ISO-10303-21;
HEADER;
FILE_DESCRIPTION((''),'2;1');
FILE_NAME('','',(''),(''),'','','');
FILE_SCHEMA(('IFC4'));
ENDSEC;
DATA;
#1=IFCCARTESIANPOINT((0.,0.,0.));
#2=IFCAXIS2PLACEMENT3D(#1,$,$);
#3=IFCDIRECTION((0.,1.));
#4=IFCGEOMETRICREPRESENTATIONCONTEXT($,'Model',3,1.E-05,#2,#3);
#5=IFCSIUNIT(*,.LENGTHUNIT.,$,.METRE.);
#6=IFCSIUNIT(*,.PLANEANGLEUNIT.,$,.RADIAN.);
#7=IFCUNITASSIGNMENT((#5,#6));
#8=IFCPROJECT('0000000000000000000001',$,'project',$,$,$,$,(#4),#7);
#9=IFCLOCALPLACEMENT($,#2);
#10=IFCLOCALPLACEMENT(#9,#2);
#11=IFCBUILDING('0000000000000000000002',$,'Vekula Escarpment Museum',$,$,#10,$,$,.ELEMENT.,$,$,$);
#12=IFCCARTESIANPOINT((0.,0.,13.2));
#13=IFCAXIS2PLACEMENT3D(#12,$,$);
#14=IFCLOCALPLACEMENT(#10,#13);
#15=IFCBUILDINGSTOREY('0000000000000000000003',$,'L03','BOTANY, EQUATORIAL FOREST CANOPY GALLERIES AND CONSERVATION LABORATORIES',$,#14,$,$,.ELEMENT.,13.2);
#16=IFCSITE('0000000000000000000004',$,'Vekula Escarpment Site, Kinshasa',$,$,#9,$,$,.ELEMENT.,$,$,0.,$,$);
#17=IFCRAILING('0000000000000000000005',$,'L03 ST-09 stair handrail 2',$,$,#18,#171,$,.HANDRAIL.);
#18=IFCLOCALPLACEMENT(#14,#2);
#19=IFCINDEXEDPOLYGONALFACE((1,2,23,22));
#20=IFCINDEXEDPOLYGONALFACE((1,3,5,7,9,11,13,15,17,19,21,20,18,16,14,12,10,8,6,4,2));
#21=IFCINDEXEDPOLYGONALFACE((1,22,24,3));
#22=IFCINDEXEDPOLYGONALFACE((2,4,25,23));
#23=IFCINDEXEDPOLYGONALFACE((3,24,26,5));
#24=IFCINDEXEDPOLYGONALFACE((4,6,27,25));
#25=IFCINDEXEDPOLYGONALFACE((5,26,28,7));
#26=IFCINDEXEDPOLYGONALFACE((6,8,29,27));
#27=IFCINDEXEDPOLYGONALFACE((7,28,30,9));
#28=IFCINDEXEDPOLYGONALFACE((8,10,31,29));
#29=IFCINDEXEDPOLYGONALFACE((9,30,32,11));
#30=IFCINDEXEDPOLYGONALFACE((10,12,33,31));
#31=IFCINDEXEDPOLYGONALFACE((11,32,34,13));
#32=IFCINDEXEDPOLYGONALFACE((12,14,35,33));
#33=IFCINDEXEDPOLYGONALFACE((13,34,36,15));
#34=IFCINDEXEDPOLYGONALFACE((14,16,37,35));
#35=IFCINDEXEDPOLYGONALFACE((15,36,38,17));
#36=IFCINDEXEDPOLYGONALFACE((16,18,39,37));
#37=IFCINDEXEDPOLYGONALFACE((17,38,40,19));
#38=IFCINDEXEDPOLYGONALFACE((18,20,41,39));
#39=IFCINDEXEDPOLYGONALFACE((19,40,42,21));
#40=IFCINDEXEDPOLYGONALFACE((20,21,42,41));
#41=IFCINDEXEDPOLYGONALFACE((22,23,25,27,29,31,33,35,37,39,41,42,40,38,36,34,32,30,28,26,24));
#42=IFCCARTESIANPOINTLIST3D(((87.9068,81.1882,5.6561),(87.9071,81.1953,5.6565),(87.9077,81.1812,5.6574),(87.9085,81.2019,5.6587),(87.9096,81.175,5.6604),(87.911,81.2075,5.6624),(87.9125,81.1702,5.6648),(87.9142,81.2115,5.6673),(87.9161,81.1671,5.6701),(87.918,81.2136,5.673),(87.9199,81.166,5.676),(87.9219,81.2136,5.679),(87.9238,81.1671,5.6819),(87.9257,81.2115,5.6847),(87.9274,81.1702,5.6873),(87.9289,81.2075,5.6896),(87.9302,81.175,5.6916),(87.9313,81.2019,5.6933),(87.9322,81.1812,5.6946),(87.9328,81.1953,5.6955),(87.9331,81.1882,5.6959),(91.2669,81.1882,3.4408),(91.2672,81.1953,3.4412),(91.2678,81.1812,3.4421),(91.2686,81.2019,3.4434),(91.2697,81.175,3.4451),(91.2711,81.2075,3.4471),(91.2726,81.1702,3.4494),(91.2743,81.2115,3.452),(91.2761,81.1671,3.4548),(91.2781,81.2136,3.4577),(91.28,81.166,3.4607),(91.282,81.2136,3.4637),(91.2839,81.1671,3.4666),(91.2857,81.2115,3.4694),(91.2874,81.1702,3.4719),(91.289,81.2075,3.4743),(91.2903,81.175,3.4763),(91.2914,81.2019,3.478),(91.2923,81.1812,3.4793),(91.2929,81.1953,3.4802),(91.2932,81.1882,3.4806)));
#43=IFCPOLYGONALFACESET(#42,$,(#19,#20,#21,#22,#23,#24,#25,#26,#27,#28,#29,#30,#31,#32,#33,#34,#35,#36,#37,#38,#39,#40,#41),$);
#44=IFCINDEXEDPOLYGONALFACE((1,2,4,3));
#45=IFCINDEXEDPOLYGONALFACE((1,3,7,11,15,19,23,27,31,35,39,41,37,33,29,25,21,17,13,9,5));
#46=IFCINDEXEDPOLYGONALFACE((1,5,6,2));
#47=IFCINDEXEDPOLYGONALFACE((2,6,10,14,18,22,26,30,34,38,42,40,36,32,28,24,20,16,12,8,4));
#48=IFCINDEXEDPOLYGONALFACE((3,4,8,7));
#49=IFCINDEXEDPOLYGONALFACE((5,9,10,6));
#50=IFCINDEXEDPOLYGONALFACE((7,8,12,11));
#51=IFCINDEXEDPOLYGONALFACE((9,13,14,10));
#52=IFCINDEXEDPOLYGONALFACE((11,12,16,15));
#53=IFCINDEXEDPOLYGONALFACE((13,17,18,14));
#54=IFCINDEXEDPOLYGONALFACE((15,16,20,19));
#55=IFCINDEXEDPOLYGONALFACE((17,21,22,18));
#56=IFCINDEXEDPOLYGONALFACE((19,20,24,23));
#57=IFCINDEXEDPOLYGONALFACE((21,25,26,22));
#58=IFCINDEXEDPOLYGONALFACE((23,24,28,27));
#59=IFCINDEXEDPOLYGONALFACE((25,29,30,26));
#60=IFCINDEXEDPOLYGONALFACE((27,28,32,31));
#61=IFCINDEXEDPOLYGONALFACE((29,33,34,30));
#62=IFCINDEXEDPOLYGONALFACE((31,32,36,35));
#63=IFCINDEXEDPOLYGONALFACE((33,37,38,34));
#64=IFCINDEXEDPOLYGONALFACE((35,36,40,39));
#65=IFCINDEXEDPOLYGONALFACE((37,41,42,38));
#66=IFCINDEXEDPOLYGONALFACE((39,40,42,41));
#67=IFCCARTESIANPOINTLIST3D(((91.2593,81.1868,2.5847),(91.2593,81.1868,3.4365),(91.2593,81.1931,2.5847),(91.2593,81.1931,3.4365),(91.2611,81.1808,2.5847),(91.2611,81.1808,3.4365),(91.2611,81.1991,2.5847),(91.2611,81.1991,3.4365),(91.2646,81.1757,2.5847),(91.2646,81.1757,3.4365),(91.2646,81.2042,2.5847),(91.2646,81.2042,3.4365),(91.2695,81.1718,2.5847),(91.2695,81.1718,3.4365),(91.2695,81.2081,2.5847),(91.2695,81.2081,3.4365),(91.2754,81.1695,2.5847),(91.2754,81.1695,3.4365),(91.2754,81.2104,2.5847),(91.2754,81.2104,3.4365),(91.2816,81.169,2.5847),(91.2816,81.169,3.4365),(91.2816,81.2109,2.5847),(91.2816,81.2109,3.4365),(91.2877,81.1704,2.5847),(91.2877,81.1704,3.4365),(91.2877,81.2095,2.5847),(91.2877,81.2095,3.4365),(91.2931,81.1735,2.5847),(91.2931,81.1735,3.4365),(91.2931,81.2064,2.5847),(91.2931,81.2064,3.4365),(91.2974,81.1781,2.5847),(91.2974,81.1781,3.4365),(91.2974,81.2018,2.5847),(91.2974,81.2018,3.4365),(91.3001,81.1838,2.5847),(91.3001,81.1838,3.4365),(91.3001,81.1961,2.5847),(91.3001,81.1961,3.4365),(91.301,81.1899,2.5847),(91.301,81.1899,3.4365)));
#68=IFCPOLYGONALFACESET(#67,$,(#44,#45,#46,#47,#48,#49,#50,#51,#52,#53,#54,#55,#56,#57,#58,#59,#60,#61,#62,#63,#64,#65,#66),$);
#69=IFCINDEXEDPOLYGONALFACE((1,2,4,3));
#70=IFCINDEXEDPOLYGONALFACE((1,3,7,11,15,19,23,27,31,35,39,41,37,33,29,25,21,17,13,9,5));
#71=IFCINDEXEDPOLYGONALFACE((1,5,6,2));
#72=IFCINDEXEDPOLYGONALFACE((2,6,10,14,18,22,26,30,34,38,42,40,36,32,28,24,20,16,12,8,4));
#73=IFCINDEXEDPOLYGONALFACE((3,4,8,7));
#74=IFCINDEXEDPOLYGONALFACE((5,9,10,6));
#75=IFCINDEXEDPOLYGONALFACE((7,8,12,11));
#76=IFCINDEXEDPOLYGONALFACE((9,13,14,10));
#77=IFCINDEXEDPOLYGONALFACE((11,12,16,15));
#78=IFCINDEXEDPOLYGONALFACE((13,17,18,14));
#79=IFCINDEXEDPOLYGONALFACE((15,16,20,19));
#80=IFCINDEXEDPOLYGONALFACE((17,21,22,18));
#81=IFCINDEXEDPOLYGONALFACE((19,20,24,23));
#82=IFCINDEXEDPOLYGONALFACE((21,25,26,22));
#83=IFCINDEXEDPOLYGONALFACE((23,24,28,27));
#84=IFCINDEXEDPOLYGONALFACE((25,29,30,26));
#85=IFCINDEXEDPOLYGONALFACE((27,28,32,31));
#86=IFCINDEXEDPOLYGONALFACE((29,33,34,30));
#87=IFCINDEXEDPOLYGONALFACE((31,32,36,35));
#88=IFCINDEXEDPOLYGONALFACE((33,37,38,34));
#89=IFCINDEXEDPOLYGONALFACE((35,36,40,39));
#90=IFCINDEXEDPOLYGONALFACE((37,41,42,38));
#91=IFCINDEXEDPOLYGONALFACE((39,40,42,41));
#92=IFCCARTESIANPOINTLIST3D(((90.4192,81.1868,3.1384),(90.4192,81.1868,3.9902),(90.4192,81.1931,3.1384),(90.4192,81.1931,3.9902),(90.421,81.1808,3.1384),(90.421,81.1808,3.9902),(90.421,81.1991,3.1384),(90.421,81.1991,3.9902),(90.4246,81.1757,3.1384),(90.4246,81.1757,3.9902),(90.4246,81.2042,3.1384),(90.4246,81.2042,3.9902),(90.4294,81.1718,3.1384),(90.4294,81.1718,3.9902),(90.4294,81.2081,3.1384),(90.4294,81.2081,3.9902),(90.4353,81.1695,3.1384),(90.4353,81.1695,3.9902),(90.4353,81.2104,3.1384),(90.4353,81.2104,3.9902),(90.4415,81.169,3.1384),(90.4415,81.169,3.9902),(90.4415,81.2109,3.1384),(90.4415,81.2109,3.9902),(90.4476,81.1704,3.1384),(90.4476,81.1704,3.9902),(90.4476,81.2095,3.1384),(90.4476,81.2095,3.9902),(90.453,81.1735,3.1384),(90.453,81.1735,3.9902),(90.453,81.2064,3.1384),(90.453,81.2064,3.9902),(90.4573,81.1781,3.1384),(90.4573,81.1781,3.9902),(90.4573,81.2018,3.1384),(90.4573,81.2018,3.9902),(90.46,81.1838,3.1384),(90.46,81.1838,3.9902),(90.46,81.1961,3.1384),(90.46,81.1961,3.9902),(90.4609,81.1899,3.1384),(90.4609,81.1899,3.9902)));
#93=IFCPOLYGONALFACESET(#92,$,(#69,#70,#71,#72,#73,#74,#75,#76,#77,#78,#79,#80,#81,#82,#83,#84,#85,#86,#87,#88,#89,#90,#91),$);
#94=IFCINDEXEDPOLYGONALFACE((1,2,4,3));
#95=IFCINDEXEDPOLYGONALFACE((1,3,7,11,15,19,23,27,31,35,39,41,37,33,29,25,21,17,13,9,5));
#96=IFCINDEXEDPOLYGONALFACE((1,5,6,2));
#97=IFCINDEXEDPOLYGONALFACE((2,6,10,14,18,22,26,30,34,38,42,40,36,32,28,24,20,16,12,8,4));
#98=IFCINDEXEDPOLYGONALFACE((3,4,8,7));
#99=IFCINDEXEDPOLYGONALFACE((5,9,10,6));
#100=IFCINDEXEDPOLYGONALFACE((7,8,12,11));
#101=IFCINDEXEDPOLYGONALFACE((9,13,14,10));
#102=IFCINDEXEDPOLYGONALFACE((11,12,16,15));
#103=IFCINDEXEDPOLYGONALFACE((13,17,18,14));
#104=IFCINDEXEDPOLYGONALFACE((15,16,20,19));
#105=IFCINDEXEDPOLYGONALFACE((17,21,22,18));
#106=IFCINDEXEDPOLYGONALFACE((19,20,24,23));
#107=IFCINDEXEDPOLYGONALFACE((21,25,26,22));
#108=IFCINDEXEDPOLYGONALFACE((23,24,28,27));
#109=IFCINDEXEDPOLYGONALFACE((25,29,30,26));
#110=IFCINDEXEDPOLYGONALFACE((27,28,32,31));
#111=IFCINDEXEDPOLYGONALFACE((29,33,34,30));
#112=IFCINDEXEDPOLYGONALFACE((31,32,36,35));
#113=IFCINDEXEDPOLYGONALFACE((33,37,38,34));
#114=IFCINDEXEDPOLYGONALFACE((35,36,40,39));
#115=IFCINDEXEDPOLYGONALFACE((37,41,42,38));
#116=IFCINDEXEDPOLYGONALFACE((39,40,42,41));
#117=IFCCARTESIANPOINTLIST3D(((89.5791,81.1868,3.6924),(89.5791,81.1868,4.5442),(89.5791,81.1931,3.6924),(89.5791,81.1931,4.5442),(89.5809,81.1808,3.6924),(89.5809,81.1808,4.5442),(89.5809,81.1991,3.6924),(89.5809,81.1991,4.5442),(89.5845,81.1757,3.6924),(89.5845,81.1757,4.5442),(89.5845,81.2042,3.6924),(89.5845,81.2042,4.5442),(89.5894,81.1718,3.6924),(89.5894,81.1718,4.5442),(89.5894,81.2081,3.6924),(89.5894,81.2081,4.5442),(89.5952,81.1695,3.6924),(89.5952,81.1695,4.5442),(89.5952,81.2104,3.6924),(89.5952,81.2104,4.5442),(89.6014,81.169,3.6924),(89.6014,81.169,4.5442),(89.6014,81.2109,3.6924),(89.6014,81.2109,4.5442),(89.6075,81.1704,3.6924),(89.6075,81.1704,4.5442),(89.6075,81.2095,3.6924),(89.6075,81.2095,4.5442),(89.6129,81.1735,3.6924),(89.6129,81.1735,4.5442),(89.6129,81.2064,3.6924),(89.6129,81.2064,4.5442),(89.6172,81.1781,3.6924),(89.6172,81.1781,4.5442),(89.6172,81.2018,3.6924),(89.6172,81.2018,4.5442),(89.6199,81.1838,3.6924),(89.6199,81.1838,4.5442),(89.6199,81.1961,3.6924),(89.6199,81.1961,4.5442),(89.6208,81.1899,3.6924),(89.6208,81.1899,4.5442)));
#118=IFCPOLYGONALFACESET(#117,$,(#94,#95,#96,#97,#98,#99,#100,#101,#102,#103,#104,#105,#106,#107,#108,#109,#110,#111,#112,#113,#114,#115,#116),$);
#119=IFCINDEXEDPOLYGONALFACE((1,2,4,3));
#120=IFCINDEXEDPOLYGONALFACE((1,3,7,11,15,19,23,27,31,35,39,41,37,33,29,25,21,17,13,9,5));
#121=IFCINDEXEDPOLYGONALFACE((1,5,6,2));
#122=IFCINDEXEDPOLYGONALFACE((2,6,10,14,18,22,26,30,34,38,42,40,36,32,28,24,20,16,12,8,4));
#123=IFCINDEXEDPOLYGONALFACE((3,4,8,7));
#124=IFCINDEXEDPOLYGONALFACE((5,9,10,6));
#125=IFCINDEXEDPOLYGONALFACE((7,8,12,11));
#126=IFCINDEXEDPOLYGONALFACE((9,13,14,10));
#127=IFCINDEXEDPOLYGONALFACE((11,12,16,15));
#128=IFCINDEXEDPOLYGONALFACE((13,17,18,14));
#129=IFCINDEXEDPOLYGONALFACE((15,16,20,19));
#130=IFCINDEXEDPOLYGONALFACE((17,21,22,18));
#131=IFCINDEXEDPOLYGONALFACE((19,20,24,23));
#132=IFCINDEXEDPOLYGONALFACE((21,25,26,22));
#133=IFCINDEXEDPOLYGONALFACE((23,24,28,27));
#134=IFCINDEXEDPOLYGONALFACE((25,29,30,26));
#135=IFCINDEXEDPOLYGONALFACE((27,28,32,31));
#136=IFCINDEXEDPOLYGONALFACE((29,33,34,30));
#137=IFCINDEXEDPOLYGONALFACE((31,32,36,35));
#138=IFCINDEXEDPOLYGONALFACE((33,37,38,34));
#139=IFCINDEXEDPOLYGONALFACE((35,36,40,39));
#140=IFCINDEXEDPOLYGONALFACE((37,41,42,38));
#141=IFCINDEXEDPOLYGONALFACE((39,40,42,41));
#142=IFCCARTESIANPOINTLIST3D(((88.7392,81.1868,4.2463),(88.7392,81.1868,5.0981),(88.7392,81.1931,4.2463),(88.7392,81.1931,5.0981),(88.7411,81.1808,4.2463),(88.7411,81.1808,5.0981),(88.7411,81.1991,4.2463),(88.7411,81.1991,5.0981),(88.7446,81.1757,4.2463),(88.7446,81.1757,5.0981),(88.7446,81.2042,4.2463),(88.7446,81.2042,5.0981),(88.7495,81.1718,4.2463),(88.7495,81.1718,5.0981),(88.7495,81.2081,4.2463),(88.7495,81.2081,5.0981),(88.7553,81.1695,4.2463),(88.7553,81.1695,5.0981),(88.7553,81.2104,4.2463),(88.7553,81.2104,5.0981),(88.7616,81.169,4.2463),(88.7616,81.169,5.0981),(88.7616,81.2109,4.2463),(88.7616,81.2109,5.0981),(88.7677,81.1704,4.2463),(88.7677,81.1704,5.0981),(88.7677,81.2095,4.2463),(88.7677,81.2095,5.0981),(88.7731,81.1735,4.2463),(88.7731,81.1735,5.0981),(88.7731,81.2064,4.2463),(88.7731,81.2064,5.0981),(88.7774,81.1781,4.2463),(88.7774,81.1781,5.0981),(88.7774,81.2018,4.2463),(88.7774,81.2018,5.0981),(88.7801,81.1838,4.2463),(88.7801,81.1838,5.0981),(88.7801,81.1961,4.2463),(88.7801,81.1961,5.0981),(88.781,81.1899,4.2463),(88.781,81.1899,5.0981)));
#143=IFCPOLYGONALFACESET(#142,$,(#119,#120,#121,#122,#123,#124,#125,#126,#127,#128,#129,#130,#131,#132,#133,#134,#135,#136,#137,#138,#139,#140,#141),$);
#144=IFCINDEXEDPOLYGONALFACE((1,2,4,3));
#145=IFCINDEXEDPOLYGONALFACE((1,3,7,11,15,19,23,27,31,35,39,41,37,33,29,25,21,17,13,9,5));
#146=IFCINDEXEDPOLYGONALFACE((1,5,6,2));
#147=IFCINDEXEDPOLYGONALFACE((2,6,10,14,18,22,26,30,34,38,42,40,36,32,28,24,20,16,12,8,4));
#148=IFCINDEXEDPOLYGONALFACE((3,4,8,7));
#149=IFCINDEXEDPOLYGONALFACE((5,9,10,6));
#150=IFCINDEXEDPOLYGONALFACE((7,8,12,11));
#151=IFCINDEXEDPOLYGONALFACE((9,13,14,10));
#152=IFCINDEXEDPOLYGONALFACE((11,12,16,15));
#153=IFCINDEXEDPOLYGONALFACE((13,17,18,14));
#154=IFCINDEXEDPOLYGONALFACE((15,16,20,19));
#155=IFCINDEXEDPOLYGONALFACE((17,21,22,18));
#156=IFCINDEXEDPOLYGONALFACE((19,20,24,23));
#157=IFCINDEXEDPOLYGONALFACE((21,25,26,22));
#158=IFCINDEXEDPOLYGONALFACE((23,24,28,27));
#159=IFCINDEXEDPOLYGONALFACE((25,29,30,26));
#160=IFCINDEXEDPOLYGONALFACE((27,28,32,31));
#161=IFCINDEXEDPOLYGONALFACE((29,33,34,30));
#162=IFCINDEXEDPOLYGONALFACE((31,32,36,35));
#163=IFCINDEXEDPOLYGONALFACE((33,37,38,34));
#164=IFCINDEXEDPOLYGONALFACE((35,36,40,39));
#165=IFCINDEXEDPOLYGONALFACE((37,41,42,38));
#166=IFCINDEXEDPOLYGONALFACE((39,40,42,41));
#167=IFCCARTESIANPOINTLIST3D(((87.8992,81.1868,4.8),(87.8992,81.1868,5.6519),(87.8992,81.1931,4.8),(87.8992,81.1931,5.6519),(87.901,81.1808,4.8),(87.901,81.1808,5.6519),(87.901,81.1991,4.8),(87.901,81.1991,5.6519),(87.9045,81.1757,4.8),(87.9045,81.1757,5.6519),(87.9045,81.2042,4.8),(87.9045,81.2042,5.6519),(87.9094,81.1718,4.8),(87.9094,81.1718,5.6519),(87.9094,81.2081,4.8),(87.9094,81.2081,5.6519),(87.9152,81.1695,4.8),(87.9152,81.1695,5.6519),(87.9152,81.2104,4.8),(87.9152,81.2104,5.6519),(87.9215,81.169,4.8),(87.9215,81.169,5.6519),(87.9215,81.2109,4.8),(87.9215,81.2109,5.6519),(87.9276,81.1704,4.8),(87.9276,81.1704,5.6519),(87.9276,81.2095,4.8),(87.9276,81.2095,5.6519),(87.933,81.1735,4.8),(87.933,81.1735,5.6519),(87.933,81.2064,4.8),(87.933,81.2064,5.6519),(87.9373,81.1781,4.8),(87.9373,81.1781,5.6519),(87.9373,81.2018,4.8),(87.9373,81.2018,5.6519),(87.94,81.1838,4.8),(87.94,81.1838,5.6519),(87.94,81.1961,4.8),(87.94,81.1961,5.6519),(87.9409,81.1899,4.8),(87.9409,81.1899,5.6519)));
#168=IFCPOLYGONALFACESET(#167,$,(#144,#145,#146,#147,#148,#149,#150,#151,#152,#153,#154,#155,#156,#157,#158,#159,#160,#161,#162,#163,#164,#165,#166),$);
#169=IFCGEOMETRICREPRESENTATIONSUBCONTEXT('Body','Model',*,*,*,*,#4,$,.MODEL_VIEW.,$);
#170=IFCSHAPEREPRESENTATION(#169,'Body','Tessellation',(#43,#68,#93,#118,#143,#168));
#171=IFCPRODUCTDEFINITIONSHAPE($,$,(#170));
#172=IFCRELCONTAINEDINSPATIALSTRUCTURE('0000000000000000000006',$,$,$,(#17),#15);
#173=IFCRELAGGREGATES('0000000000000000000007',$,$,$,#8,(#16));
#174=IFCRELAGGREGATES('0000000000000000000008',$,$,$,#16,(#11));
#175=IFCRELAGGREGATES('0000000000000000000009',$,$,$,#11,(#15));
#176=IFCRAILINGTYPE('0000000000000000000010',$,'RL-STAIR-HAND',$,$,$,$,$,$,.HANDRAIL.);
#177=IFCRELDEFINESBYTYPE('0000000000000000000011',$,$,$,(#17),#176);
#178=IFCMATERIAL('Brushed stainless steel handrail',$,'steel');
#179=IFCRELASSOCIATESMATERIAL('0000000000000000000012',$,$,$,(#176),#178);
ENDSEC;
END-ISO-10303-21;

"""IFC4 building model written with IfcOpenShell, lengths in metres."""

from ifc_helpers import new_model, si_unit, direction, frame, origin, origin_2d, place, context, subcontext, project, spatial, circle, extrude, material, type_object, element, save


model = new_model("IFC4")

# Units and contexts
model_context = context("Model", 3, precision=1e-05, world=origin(), true_north=direction((0.0, 1.0)))
body_context = subcontext(model_context, "Body", "Model", "MODEL_VIEW")
ifc_project = project(units=[si_unit("LENGTHUNIT", "METRE"), si_unit("PLANEANGLEUNIT", "RADIAN")], contexts=[model_context])

# Site, building, storey
site_placement = place(None, origin())
site = spatial("IfcSite", under=ifc_project, at=site_placement, Name="Vekula Escarpment Site, Kinshasa", CompositionType="ELEMENT", RefElevation=0.0)
building_placement = place(site_placement, origin())
building = spatial("IfcBuilding", under=site, at=building_placement, Name="Vekula Escarpment Museum", CompositionType="ELEMENT")
storey_placement = place(building_placement, frame((0.0, 0.0, 13.2)))
storey = spatial("IfcBuildingStorey", under=building, at=storey_placement, Name="L03", Description="BOTANY, EQUATORIAL FOREST CANOPY GALLERIES AND CONSERVATION LABORATORIES", CompositionType="ELEMENT", Elevation=13.2)

# Railing
ifc_material_1 = material(Name="Brushed stainless steel handrail", Category="steel")
railing_type_1 = type_object("IfcRailingType", Name="RL-STAIR-HAND", PredefinedType="HANDRAIL", material=ifc_material_1)
railing_1_placement = place(storey_placement, frame((91.28, 81.1899, 2.5847)))
element("IfcRailing", 1, at=railing_1_placement, inside=storey, type_object=railing_type_1, Name="L03 ST-09 stair handrail 2", PredefinedType="HANDRAIL", context=body_context, shape_type="SweptSolid", body=[
    extrude(circle(Radius=0.0239, at=origin_2d()), frame((0.0, 0.0, 0.876), z_axis=(-0.834876, 0.0, 0.550437), x_axis=(0.0, -1.0, 0.0)), (0.0, 0.0, 1.0), 4.0247),
    extrude(circle(Radius=0.021, at=origin_2d()), origin(), (0.0, 0.0, 1.0), 0.8518),
    extrude(circle(Radius=0.021, at=origin_2d()), frame((-0.8401, 0.0, 0.5537)), (0.0, 0.0, 1.0), 0.8518),
    extrude(circle(Radius=0.021, at=origin_2d()), frame((-1.6802, 0.0, 1.1077)), (0.0, 0.0, 1.0), 0.8518),
    extrude(circle(Radius=0.021, at=origin_2d()), frame((-2.52, 0.0, 1.6616)), (0.0, 0.0, 1.0), 0.8518),
    extrude(circle(Radius=0.021, at=origin_2d()), frame((-3.3601, 0.0, 2.2153)), (0.0, 0.0, 1.0), 0.8518),
])

save(model, "model.ifc")
